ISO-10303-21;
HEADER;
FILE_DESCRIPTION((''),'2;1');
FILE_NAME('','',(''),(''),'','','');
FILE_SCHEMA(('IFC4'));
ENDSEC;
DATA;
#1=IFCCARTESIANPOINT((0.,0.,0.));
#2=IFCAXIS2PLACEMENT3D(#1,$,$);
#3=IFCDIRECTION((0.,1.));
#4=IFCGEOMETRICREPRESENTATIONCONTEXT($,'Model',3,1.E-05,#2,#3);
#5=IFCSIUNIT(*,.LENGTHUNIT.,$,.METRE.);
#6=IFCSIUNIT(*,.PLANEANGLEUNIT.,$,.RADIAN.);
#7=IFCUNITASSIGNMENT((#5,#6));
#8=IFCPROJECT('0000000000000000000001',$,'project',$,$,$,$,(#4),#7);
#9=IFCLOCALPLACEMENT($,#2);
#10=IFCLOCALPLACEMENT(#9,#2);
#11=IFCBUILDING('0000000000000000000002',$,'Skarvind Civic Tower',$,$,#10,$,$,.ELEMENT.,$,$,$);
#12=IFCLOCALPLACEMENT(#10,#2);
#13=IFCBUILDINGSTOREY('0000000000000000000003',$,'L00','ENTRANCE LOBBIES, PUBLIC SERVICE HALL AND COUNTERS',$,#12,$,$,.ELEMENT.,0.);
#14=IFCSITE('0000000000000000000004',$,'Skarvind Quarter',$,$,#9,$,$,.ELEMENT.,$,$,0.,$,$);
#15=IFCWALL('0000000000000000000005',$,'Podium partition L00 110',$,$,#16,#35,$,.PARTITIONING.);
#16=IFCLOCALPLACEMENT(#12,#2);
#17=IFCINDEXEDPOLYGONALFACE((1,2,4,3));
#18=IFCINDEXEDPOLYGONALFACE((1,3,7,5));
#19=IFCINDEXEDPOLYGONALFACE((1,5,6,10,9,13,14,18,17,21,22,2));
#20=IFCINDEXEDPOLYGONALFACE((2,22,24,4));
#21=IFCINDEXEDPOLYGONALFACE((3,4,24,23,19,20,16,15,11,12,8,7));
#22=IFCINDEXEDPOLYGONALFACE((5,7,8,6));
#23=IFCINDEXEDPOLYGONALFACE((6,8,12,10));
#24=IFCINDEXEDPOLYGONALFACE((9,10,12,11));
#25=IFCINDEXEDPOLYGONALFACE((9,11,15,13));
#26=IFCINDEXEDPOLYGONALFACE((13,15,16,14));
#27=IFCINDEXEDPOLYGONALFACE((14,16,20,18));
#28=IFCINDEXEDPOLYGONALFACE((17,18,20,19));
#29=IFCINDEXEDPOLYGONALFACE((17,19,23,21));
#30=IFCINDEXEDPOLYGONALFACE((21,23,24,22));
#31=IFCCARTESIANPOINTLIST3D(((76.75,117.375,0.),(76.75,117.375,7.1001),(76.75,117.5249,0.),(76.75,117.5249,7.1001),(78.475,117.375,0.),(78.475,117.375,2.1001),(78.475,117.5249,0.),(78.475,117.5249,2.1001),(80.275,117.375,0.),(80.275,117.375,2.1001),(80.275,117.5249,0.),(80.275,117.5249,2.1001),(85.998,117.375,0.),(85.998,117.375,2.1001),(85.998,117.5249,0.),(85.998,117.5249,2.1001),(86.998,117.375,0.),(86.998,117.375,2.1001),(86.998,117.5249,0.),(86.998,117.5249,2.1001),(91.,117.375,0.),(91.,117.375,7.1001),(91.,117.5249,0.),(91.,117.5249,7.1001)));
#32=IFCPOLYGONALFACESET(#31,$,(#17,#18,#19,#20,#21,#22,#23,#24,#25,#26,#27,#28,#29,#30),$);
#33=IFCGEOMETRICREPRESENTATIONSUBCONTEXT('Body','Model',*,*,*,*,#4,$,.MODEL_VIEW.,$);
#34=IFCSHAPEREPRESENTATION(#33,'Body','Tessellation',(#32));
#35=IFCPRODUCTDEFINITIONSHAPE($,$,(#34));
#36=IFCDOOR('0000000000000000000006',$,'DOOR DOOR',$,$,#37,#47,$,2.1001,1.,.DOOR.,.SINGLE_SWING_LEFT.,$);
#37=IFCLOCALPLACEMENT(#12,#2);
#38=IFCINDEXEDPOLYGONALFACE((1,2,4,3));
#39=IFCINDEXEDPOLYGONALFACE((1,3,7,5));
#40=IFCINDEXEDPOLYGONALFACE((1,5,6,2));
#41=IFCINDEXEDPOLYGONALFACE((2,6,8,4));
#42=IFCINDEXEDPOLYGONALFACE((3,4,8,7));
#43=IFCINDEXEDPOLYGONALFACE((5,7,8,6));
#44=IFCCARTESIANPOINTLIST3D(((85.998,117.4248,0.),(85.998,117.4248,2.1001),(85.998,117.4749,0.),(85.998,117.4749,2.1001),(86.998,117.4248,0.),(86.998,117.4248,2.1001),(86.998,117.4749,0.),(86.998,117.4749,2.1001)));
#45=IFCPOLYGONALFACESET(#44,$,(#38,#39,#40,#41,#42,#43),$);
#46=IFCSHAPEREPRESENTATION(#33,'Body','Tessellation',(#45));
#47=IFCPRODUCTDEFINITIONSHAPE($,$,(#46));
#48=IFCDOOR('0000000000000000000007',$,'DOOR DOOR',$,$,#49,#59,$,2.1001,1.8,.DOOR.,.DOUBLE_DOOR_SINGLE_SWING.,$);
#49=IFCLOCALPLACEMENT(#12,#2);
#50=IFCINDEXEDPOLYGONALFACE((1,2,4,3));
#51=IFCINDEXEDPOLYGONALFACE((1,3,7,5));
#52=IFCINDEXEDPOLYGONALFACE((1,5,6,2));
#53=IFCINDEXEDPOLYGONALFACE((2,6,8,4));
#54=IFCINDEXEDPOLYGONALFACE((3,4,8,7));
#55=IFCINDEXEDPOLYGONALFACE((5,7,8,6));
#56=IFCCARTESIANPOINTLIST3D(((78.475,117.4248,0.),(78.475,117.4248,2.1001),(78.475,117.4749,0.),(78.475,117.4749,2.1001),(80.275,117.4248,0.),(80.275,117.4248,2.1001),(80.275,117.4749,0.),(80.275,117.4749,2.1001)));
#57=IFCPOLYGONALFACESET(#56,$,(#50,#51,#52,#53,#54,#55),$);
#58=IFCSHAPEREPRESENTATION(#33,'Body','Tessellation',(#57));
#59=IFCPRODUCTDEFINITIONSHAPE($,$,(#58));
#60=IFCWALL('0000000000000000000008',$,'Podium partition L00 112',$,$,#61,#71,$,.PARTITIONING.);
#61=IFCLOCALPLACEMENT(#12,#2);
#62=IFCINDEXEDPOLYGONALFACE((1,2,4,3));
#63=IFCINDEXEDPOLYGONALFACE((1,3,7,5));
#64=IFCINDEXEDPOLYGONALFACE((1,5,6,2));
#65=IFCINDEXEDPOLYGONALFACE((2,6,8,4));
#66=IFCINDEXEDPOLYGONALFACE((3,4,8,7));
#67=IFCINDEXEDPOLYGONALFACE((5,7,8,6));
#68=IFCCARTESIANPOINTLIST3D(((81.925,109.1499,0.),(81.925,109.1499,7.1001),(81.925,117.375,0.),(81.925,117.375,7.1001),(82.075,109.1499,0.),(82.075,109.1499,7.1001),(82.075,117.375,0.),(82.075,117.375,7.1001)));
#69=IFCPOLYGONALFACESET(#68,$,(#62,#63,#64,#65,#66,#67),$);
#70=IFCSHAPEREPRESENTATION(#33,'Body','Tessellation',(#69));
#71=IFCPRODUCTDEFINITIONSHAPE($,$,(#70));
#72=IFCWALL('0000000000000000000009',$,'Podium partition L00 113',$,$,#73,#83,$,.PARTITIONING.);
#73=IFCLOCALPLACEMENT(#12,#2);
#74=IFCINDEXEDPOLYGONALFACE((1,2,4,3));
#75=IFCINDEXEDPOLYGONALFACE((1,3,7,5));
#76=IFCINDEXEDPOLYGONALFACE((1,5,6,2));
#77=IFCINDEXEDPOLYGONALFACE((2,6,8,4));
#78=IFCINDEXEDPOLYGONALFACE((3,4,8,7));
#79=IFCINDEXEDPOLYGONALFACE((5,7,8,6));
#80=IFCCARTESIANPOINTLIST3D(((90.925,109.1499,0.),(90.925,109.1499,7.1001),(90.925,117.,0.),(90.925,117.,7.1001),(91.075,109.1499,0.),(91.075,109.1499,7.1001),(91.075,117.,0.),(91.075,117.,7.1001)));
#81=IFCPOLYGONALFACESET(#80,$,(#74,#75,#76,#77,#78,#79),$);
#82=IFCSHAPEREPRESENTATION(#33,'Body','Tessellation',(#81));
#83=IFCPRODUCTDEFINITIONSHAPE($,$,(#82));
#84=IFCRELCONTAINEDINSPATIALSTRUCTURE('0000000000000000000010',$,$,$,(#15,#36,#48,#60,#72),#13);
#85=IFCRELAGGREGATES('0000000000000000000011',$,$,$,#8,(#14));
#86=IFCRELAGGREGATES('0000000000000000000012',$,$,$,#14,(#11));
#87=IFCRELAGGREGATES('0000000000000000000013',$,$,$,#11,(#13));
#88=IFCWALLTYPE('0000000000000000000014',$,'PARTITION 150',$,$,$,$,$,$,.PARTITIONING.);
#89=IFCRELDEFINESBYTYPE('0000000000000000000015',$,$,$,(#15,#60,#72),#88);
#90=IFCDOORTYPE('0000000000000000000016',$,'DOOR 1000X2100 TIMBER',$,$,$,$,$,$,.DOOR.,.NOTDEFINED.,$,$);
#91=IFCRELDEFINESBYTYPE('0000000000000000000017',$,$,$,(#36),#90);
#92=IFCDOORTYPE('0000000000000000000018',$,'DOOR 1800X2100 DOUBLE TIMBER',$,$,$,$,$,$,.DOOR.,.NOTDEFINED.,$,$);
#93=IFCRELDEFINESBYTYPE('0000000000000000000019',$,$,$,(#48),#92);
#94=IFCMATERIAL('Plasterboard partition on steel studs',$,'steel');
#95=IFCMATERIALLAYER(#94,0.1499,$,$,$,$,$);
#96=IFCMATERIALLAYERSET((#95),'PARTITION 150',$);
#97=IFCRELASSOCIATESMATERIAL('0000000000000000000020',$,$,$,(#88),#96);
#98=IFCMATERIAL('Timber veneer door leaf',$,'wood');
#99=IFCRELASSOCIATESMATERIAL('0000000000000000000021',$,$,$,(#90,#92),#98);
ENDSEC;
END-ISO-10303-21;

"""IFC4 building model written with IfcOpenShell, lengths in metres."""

from ifc_helpers import new_model, si_unit, direction, frame, frame_2d, origin, place, context, subcontext, project, spatial, rectangle, extrude, material, layer, layer_set, type_object, element, fill, save


model = new_model("IFC4")

# Units and contexts
model_context = context("Model", 3, precision=1e-05, world=origin(), true_north=direction((0.0, 1.0)))
body_context = subcontext(model_context, "Body", "Model", "MODEL_VIEW")
ifc_project = project(units=[si_unit("LENGTHUNIT", "METRE"), si_unit("PLANEANGLEUNIT", "RADIAN")], contexts=[model_context])

# Site, building, storey
site_placement = place(None, origin())
site = spatial("IfcSite", under=ifc_project, at=site_placement, Name="Skarvind Quarter", CompositionType="ELEMENT", RefElevation=0.0)
building_placement = place(site_placement, origin())
building = spatial("IfcBuilding", under=site, at=building_placement, Name="Skarvind Civic Tower", CompositionType="ELEMENT")
storey_placement = place(building_placement, origin())
storey = spatial("IfcBuildingStorey", under=building, at=storey_placement, Name="L00", Description="ENTRANCE LOBBIES, PUBLIC SERVICE HALL AND COUNTERS", CompositionType="ELEMENT", Elevation=0.0)

# Wall, openings, doors
ifc_material_1 = material(Name="Plasterboard partition on steel studs", Category="steel")
ifc_layer_1 = layer(ifc_material_1, 0.1499)
ifc_layer_set_1 = layer_set([ifc_layer_1], Name="PARTITION 150")
wall_type_1 = type_object("IfcWallType", Name="PARTITION 150", PredefinedType="PARTITIONING", material=ifc_layer_set_1)
wall_1_placement = place(storey_placement, frame((76.75, 117.45, 0.0), z_axis=(0.0, 0.0, 1.0), x_axis=(1.0, 0.0, 0.0)))
wall_1 = element("IfcWall", 1, at=wall_1_placement, inside=storey, type_object=wall_type_1, Name="Podium partition L00 110", PredefinedType="PARTITIONING", context=body_context, shape_type="SweptSolid", body=[
    extrude(rectangle(XDim=14.25, YDim=0.1499, at=frame_2d((7.125, 0.0))), origin(), (0.0, 0.0, 1.0), 7.1001),
])
opening_1_placement = place(wall_1_placement, frame((1.7251, 0.0, 0.0)))
opening_1 = element("IfcOpeningElement", 2, at=opening_1_placement, cuts=wall_1, PredefinedType="OPENING", context=body_context, shape_type="SweptSolid", body=[
    extrude(rectangle(XDim=1.8, YDim=2.1001, at=frame_2d((0.8999, 1.05))), frame((0.0, 0.085, 0.0), z_axis=(0.0, -1.0, 0.0), x_axis=(1.0, 0.0, 0.0)), (0.0, 0.0, 1.0), 0.1699),
])
opening_2_placement = place(wall_1_placement, frame((9.248, 0.0, 0.0)))
opening_2 = element("IfcOpeningElement", 3, at=opening_2_placement, cuts=wall_1, PredefinedType="OPENING", context=body_context, shape_type="SweptSolid", body=[
    extrude(rectangle(XDim=1.0, YDim=2.1001, at=frame_2d((0.5, 1.05))), frame((0.0, 0.085, 0.0), z_axis=(0.0, -1.0, 0.0), x_axis=(1.0, 0.0, 0.0)), (0.0, 0.0, 1.0), 0.1699),
])
ifc_material_2 = material(Name="Timber veneer door leaf", Category="wood")
door_type_1 = type_object("IfcDoorType", Name="DOOR 1000X2100 TIMBER", OperationType="NOTDEFINED", PredefinedType="DOOR", material=ifc_material_2)
door_1_placement = place(opening_2_placement, origin())
door_1 = element("IfcDoor", 4, at=door_1_placement, inside=storey, type_object=door_type_1, Name="DOOR DOOR", OperationType="SINGLE_SWING_LEFT", OverallHeight=2.1001, OverallWidth=1.0, PredefinedType="DOOR", context=body_context, shape_type="SweptSolid", body=[
    extrude(rectangle(XDim=1.0, YDim=2.1001, at=frame_2d((0.5, 1.05))), frame((0.0, 0.0249, 0.0), z_axis=(0.0, -1.0, 0.0), x_axis=(1.0, 0.0, 0.0)), (0.0, 0.0, 1.0), 0.05),
])
fill(opening_2, door_1)
door_type_2 = type_object("IfcDoorType", Name="DOOR 1800X2100 DOUBLE TIMBER", OperationType="NOTDEFINED", PredefinedType="DOOR", material=ifc_material_2)
door_2_placement = place(opening_1_placement, origin())
door_2 = element("IfcDoor", 5, at=door_2_placement, inside=storey, type_object=door_type_2, Name="DOOR DOOR", OperationType="DOUBLE_DOOR_SINGLE_SWING", OverallHeight=2.1001, OverallWidth=1.8, PredefinedType="DOOR", context=body_context, shape_type="SweptSolid", body=[
    extrude(rectangle(XDim=1.8, YDim=2.1001, at=frame_2d((0.8999, 1.05))), frame((0.0, 0.0249, 0.0), z_axis=(0.0, -1.0, 0.0), x_axis=(1.0, 0.0, 0.0)), (0.0, 0.0, 1.0), 0.05),
])
fill(opening_1, door_2)

# Walls
wall_2_placement = place(storey_placement, frame((82.0, 109.1499, 0.0), z_axis=(0.0, 0.0, 1.0), x_axis=(0.0, 1.0, 0.0)))
element("IfcWall", 6, at=wall_2_placement, inside=storey, type_object=wall_type_1, Name="Podium partition L00 112", PredefinedType="PARTITIONING", context=body_context, shape_type="SweptSolid", body=[
    extrude(rectangle(XDim=8.2251, YDim=0.1499, at=frame_2d((4.1125, 0.0))), origin(), (0.0, 0.0, 1.0), 7.1001),
])
wall_3_placement = place(storey_placement, frame((91.0, 109.1499, 0.0), z_axis=(0.0, 0.0, 1.0), x_axis=(0.0, 1.0, 0.0)))
element("IfcWall", 7, at=wall_3_placement, inside=storey, type_object=wall_type_1, Name="Podium partition L00 113", PredefinedType="PARTITIONING", context=body_context, shape_type="SweptSolid", body=[
    extrude(rectangle(XDim=7.8501, YDim=0.1499, at=frame_2d((3.925, 0.0))), origin(), (0.0, 0.0, 1.0), 7.1001),
])

save(model, "model.ifc")
